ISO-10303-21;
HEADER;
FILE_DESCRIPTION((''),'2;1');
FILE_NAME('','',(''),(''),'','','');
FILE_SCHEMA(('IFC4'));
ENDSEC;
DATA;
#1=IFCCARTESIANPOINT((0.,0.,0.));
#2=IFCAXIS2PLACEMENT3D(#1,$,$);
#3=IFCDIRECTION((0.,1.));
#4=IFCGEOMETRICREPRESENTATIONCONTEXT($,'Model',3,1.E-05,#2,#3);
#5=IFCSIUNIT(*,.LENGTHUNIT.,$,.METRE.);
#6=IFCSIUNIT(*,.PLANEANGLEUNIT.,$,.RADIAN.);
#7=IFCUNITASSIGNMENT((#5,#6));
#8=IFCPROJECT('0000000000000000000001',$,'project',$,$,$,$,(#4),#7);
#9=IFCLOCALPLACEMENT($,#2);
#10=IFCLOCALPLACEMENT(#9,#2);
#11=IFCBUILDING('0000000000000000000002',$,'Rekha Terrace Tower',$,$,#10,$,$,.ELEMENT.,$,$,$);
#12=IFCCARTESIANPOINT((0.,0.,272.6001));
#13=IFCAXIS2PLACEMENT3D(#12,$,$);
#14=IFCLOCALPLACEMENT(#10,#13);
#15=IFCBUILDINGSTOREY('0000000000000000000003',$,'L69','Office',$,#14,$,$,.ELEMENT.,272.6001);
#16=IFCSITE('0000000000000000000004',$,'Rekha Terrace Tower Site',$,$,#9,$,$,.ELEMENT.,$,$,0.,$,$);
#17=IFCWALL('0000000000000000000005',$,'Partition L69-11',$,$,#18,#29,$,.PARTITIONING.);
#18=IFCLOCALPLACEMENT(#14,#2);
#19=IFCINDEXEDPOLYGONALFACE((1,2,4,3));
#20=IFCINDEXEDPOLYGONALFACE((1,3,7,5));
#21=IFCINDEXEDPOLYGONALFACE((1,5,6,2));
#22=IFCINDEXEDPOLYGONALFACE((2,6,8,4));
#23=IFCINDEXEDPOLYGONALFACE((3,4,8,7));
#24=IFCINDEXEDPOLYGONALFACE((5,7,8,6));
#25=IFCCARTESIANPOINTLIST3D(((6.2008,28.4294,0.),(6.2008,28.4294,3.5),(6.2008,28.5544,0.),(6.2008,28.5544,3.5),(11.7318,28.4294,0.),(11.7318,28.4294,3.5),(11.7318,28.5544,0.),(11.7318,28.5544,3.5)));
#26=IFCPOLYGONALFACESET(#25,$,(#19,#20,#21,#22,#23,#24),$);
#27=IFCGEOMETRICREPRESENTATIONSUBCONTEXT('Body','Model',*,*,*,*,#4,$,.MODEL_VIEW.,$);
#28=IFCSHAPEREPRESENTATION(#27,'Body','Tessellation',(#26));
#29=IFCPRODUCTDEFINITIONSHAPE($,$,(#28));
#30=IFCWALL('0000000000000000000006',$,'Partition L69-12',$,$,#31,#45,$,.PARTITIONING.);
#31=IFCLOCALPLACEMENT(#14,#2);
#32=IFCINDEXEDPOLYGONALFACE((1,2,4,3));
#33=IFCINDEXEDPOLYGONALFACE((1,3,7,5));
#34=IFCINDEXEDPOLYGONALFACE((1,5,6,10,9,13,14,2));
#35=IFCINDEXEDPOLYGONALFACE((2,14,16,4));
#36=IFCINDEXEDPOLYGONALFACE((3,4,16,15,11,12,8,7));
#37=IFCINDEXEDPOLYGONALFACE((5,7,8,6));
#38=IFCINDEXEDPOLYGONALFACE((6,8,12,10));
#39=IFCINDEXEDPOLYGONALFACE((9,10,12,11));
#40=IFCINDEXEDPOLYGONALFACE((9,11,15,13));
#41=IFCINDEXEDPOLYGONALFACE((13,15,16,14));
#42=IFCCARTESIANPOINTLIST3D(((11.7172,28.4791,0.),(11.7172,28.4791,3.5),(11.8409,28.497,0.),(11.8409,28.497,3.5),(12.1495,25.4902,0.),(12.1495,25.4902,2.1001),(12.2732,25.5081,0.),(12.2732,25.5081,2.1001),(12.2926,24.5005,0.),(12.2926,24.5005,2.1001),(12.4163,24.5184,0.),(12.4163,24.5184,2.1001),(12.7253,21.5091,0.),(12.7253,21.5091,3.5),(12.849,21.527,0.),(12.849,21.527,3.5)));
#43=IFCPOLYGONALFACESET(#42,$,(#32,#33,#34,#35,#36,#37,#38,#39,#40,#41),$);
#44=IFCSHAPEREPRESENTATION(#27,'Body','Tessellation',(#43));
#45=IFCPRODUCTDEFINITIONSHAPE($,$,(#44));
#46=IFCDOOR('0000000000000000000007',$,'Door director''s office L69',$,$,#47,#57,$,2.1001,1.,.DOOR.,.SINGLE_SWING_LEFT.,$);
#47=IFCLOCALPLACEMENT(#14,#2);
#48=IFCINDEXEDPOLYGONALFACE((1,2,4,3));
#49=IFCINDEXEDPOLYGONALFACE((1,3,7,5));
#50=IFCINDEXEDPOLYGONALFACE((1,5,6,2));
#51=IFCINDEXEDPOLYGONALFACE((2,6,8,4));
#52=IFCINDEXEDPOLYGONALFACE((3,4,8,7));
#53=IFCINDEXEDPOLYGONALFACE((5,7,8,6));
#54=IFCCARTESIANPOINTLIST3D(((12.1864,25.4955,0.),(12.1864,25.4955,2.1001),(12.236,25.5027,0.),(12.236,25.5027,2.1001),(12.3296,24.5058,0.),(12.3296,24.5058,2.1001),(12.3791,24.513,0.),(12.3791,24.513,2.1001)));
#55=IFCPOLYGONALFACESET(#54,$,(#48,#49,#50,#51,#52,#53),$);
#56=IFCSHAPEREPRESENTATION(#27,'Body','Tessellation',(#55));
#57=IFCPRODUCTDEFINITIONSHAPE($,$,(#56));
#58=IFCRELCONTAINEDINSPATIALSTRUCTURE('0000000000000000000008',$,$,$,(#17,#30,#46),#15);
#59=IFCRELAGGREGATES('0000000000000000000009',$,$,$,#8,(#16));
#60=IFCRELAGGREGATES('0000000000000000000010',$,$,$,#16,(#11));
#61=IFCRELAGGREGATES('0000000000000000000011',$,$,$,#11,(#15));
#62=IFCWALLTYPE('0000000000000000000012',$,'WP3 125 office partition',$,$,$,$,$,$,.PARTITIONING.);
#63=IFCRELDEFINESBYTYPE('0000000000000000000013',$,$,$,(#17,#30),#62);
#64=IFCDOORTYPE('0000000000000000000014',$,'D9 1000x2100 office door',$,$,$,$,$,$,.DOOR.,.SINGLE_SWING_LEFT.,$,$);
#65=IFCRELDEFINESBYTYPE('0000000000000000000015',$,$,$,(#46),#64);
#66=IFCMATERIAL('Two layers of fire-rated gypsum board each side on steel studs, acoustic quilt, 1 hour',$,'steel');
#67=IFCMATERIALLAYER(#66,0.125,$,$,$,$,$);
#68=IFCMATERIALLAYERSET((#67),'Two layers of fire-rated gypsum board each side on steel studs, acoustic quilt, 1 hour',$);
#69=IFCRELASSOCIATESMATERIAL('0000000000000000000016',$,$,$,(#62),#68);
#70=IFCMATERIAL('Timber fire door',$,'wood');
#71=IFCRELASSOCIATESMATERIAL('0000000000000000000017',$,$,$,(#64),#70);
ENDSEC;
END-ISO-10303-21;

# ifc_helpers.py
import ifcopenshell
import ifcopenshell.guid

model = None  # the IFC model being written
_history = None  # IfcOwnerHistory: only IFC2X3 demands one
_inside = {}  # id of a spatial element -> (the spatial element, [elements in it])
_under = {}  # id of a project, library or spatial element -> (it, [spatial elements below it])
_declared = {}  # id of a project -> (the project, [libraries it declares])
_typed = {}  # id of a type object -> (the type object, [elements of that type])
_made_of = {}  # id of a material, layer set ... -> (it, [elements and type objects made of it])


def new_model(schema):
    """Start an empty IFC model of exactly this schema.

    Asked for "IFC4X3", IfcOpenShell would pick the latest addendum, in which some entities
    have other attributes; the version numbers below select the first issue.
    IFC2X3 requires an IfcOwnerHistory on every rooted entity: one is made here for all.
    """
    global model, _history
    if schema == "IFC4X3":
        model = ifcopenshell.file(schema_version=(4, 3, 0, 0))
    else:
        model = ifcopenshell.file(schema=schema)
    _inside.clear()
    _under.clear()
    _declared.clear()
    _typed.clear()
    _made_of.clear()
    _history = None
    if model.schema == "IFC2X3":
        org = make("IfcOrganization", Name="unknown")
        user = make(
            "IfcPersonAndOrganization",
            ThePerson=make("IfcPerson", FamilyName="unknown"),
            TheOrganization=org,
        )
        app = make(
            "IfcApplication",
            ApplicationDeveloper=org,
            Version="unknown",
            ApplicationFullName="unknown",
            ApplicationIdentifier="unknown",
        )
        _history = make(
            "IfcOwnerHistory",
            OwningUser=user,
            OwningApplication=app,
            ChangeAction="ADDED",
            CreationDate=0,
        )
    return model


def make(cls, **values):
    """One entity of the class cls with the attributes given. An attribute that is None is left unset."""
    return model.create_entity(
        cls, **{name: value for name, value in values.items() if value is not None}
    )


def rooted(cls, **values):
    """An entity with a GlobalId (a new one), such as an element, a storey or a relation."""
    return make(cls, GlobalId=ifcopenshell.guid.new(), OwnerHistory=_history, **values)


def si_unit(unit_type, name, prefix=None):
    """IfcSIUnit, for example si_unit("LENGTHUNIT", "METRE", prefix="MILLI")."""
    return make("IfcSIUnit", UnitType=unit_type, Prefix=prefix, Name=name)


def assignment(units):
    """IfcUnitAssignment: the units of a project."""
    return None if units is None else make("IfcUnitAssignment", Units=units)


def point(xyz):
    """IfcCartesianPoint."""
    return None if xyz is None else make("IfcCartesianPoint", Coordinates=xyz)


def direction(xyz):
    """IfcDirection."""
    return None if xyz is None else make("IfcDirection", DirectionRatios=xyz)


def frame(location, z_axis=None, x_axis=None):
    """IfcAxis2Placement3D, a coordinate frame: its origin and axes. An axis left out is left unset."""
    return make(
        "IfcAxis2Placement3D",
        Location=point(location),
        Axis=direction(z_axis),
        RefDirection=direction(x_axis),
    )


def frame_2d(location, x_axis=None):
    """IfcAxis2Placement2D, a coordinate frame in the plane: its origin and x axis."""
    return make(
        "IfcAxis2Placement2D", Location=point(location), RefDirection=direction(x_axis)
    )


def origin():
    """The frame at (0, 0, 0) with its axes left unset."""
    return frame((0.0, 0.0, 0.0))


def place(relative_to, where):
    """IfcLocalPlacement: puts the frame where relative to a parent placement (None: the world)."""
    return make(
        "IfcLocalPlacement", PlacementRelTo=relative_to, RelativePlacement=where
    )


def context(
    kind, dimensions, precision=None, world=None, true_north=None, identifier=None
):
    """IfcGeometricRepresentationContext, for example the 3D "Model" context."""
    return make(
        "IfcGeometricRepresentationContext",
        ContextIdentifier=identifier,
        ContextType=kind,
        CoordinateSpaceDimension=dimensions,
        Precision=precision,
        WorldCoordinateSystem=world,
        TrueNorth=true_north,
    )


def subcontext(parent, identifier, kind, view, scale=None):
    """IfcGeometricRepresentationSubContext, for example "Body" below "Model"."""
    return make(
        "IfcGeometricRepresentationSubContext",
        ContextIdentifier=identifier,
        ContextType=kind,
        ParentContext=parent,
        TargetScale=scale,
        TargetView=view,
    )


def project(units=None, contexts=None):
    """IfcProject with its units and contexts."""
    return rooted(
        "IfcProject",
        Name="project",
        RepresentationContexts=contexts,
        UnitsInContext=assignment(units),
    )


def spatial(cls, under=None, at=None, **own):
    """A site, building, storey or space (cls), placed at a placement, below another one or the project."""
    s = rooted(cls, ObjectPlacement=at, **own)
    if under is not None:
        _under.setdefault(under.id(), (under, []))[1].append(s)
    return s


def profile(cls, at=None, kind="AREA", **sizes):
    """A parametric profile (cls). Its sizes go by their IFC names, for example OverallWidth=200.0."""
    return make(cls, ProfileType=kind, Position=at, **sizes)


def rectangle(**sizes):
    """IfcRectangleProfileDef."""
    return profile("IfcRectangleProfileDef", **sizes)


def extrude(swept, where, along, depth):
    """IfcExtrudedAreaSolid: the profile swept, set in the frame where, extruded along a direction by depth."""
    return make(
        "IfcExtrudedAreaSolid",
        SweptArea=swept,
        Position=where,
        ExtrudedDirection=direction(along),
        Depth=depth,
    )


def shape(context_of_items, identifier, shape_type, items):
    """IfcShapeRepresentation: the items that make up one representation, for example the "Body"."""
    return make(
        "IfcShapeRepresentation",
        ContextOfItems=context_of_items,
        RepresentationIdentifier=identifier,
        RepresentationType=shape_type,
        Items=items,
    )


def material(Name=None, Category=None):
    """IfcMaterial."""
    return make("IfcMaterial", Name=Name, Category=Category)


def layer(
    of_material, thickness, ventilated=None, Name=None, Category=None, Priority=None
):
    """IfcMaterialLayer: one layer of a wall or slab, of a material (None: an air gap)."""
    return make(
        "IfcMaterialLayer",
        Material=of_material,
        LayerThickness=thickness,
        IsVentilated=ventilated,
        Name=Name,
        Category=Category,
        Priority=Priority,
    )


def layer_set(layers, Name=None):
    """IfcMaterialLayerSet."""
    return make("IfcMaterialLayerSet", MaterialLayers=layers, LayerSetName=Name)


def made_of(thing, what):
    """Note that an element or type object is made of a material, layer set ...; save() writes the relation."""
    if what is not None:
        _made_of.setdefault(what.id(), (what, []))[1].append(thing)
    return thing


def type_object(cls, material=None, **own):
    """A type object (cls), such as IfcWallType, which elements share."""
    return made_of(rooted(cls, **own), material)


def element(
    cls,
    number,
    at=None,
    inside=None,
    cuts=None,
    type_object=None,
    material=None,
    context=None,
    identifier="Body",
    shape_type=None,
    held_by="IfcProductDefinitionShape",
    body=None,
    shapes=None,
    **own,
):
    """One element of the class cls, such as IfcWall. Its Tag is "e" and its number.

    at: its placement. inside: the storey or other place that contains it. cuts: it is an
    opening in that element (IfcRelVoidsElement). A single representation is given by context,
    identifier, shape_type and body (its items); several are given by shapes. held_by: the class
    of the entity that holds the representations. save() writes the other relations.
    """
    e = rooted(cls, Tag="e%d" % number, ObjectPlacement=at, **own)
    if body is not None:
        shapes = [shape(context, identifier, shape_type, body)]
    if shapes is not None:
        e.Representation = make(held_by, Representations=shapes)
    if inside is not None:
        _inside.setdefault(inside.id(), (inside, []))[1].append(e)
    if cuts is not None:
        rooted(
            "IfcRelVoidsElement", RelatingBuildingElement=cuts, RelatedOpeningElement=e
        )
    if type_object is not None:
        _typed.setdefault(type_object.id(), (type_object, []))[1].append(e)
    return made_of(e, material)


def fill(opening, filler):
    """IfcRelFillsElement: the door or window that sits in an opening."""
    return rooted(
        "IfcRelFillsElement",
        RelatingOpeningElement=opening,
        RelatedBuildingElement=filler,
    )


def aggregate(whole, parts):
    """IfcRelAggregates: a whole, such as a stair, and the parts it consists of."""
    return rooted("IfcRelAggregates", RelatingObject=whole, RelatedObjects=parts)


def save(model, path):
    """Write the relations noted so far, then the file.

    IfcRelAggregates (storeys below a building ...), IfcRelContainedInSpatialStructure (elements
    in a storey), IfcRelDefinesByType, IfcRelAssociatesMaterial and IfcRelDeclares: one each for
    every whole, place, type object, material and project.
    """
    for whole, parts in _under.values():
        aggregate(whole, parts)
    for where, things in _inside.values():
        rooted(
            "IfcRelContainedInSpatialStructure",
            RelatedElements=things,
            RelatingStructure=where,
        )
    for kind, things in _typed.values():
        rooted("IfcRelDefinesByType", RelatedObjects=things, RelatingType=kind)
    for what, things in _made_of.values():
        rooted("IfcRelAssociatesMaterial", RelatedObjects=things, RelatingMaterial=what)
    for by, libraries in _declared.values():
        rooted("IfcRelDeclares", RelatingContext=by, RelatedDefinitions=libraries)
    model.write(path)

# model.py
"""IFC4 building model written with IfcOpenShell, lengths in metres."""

from ifc_helpers import new_model, si_unit, direction, frame, frame_2d, origin, place, context, subcontext, project, spatial, rectangle, extrude, material, layer, layer_set, type_object, element, fill, save


model = new_model("IFC4")

# Units and contexts
model_context = context("Model", 3, precision=1e-05, world=origin(), true_north=direction((0.0, 1.0)))
body_context = subcontext(model_context, "Body", "Model", "MODEL_VIEW")
ifc_project = project(units=[si_unit("LENGTHUNIT", "METRE"), si_unit("PLANEANGLEUNIT", "RADIAN")], contexts=[model_context])

# Site, building, storey
site_placement = place(None, origin())
site = spatial("IfcSite", under=ifc_project, at=site_placement, Name="Rekha Terrace Tower Site", CompositionType="ELEMENT", RefElevation=0.0)
building_placement = place(site_placement, origin())
building = spatial("IfcBuilding", under=site, at=building_placement, Name="Rekha Terrace Tower", CompositionType="ELEMENT")
storey_placement = place(building_placement, frame((0.0, 0.0, 272.6001)))
storey = spatial("IfcBuildingStorey", under=building, at=storey_placement, Name="L69", Description="Office", CompositionType="ELEMENT", Elevation=272.6001)

# Shared definitions
ifc_material_1 = material(Name="Two layers of fire-rated gypsum board each side on steel studs, acoustic quilt, 1 hour", Category="steel")
ifc_layer_1 = layer(ifc_material_1, 0.125)
ifc_layer_set_1 = layer_set([ifc_layer_1], Name="Two layers of fire-rated gypsum board each side on steel studs, acoustic quilt, 1 hour")
wall_type = type_object("IfcWallType", Name="WP3 125 office partition", PredefinedType="PARTITIONING", material=ifc_layer_set_1)
ifc_material_2 = material(Name="Timber fire door", Category="wood")
door_type = type_object("IfcDoorType", Name="D9 1000x2100 office door", OperationType="SINGLE_SWING_LEFT", PredefinedType="DOOR", material=ifc_material_2)

# Wall
wall_1_placement = place(storey_placement, frame((11.7319, 28.4919, 0.0), z_axis=(0.0, 0.0, 1.0), x_axis=(-1.0, 0.0, 0.0)))
element("IfcWall", 1, at=wall_1_placement, inside=storey, type_object=wall_type, Name="Partition L69-11", PredefinedType="PARTITIONING", context=body_context, shape_type="SweptSolid", body=[
    extrude(rectangle(XDim=5.531, YDim=0.125, at=frame_2d((2.7656, 0.0))), origin(), (0.0, 0.0, 1.0), 3.5),
])

# Wall, opening, door
wall_2_placement = place(storey_placement, frame((11.7791, 28.488, 0.0), z_axis=(0.0, 0.0, 1.0), x_axis=(0.143139, -0.989703, 0.0)))
wall_2 = element("IfcWall", 2, at=wall_2_placement, inside=storey, type_object=wall_type, Name="Partition L69-12", PredefinedType="PARTITIONING", context=body_context, shape_type="SweptSolid", body=[
    extrude(rectangle(XDim=7.0425, YDim=0.125, at=frame_2d((3.5212, 0.0))), origin(), (0.0, 0.0, 1.0), 3.5),
])
opening_1_placement = place(wall_2_placement, frame((3.02, 0.0, 0.0)))
opening_1 = element("IfcOpeningElement", 3, at=opening_1_placement, cuts=wall_2, PredefinedType="OPENING", context=body_context, shape_type="SweptSolid", body=[
    extrude(rectangle(XDim=1.0, YDim=2.1001, at=frame_2d((0.5, 1.05))), frame((0.0, 0.0725, 0.0), z_axis=(0.0, -1.0, 0.0), x_axis=(1.0, 0.0, 0.0)), (0.0, 0.0, 1.0), 0.145),
])
door_1_placement = place(opening_1_placement, origin())
door_1 = element("IfcDoor", 4, at=door_1_placement, inside=storey, type_object=door_type, Name="Door director's office L69", OperationType="SINGLE_SWING_LEFT", OverallHeight=2.1001, OverallWidth=1.0, PredefinedType="DOOR", context=body_context, shape_type="SweptSolid", body=[
    extrude(rectangle(XDim=1.0, YDim=2.1001, at=frame_2d((0.5, 1.05))), frame((0.0, 0.0249, 0.0), z_axis=(0.0, -1.0, 0.0), x_axis=(1.0, 0.0, 0.0)), (0.0, 0.0, 1.0), 0.05),
])
fill(opening_1, door_1)

save(model, "model.ifc")
